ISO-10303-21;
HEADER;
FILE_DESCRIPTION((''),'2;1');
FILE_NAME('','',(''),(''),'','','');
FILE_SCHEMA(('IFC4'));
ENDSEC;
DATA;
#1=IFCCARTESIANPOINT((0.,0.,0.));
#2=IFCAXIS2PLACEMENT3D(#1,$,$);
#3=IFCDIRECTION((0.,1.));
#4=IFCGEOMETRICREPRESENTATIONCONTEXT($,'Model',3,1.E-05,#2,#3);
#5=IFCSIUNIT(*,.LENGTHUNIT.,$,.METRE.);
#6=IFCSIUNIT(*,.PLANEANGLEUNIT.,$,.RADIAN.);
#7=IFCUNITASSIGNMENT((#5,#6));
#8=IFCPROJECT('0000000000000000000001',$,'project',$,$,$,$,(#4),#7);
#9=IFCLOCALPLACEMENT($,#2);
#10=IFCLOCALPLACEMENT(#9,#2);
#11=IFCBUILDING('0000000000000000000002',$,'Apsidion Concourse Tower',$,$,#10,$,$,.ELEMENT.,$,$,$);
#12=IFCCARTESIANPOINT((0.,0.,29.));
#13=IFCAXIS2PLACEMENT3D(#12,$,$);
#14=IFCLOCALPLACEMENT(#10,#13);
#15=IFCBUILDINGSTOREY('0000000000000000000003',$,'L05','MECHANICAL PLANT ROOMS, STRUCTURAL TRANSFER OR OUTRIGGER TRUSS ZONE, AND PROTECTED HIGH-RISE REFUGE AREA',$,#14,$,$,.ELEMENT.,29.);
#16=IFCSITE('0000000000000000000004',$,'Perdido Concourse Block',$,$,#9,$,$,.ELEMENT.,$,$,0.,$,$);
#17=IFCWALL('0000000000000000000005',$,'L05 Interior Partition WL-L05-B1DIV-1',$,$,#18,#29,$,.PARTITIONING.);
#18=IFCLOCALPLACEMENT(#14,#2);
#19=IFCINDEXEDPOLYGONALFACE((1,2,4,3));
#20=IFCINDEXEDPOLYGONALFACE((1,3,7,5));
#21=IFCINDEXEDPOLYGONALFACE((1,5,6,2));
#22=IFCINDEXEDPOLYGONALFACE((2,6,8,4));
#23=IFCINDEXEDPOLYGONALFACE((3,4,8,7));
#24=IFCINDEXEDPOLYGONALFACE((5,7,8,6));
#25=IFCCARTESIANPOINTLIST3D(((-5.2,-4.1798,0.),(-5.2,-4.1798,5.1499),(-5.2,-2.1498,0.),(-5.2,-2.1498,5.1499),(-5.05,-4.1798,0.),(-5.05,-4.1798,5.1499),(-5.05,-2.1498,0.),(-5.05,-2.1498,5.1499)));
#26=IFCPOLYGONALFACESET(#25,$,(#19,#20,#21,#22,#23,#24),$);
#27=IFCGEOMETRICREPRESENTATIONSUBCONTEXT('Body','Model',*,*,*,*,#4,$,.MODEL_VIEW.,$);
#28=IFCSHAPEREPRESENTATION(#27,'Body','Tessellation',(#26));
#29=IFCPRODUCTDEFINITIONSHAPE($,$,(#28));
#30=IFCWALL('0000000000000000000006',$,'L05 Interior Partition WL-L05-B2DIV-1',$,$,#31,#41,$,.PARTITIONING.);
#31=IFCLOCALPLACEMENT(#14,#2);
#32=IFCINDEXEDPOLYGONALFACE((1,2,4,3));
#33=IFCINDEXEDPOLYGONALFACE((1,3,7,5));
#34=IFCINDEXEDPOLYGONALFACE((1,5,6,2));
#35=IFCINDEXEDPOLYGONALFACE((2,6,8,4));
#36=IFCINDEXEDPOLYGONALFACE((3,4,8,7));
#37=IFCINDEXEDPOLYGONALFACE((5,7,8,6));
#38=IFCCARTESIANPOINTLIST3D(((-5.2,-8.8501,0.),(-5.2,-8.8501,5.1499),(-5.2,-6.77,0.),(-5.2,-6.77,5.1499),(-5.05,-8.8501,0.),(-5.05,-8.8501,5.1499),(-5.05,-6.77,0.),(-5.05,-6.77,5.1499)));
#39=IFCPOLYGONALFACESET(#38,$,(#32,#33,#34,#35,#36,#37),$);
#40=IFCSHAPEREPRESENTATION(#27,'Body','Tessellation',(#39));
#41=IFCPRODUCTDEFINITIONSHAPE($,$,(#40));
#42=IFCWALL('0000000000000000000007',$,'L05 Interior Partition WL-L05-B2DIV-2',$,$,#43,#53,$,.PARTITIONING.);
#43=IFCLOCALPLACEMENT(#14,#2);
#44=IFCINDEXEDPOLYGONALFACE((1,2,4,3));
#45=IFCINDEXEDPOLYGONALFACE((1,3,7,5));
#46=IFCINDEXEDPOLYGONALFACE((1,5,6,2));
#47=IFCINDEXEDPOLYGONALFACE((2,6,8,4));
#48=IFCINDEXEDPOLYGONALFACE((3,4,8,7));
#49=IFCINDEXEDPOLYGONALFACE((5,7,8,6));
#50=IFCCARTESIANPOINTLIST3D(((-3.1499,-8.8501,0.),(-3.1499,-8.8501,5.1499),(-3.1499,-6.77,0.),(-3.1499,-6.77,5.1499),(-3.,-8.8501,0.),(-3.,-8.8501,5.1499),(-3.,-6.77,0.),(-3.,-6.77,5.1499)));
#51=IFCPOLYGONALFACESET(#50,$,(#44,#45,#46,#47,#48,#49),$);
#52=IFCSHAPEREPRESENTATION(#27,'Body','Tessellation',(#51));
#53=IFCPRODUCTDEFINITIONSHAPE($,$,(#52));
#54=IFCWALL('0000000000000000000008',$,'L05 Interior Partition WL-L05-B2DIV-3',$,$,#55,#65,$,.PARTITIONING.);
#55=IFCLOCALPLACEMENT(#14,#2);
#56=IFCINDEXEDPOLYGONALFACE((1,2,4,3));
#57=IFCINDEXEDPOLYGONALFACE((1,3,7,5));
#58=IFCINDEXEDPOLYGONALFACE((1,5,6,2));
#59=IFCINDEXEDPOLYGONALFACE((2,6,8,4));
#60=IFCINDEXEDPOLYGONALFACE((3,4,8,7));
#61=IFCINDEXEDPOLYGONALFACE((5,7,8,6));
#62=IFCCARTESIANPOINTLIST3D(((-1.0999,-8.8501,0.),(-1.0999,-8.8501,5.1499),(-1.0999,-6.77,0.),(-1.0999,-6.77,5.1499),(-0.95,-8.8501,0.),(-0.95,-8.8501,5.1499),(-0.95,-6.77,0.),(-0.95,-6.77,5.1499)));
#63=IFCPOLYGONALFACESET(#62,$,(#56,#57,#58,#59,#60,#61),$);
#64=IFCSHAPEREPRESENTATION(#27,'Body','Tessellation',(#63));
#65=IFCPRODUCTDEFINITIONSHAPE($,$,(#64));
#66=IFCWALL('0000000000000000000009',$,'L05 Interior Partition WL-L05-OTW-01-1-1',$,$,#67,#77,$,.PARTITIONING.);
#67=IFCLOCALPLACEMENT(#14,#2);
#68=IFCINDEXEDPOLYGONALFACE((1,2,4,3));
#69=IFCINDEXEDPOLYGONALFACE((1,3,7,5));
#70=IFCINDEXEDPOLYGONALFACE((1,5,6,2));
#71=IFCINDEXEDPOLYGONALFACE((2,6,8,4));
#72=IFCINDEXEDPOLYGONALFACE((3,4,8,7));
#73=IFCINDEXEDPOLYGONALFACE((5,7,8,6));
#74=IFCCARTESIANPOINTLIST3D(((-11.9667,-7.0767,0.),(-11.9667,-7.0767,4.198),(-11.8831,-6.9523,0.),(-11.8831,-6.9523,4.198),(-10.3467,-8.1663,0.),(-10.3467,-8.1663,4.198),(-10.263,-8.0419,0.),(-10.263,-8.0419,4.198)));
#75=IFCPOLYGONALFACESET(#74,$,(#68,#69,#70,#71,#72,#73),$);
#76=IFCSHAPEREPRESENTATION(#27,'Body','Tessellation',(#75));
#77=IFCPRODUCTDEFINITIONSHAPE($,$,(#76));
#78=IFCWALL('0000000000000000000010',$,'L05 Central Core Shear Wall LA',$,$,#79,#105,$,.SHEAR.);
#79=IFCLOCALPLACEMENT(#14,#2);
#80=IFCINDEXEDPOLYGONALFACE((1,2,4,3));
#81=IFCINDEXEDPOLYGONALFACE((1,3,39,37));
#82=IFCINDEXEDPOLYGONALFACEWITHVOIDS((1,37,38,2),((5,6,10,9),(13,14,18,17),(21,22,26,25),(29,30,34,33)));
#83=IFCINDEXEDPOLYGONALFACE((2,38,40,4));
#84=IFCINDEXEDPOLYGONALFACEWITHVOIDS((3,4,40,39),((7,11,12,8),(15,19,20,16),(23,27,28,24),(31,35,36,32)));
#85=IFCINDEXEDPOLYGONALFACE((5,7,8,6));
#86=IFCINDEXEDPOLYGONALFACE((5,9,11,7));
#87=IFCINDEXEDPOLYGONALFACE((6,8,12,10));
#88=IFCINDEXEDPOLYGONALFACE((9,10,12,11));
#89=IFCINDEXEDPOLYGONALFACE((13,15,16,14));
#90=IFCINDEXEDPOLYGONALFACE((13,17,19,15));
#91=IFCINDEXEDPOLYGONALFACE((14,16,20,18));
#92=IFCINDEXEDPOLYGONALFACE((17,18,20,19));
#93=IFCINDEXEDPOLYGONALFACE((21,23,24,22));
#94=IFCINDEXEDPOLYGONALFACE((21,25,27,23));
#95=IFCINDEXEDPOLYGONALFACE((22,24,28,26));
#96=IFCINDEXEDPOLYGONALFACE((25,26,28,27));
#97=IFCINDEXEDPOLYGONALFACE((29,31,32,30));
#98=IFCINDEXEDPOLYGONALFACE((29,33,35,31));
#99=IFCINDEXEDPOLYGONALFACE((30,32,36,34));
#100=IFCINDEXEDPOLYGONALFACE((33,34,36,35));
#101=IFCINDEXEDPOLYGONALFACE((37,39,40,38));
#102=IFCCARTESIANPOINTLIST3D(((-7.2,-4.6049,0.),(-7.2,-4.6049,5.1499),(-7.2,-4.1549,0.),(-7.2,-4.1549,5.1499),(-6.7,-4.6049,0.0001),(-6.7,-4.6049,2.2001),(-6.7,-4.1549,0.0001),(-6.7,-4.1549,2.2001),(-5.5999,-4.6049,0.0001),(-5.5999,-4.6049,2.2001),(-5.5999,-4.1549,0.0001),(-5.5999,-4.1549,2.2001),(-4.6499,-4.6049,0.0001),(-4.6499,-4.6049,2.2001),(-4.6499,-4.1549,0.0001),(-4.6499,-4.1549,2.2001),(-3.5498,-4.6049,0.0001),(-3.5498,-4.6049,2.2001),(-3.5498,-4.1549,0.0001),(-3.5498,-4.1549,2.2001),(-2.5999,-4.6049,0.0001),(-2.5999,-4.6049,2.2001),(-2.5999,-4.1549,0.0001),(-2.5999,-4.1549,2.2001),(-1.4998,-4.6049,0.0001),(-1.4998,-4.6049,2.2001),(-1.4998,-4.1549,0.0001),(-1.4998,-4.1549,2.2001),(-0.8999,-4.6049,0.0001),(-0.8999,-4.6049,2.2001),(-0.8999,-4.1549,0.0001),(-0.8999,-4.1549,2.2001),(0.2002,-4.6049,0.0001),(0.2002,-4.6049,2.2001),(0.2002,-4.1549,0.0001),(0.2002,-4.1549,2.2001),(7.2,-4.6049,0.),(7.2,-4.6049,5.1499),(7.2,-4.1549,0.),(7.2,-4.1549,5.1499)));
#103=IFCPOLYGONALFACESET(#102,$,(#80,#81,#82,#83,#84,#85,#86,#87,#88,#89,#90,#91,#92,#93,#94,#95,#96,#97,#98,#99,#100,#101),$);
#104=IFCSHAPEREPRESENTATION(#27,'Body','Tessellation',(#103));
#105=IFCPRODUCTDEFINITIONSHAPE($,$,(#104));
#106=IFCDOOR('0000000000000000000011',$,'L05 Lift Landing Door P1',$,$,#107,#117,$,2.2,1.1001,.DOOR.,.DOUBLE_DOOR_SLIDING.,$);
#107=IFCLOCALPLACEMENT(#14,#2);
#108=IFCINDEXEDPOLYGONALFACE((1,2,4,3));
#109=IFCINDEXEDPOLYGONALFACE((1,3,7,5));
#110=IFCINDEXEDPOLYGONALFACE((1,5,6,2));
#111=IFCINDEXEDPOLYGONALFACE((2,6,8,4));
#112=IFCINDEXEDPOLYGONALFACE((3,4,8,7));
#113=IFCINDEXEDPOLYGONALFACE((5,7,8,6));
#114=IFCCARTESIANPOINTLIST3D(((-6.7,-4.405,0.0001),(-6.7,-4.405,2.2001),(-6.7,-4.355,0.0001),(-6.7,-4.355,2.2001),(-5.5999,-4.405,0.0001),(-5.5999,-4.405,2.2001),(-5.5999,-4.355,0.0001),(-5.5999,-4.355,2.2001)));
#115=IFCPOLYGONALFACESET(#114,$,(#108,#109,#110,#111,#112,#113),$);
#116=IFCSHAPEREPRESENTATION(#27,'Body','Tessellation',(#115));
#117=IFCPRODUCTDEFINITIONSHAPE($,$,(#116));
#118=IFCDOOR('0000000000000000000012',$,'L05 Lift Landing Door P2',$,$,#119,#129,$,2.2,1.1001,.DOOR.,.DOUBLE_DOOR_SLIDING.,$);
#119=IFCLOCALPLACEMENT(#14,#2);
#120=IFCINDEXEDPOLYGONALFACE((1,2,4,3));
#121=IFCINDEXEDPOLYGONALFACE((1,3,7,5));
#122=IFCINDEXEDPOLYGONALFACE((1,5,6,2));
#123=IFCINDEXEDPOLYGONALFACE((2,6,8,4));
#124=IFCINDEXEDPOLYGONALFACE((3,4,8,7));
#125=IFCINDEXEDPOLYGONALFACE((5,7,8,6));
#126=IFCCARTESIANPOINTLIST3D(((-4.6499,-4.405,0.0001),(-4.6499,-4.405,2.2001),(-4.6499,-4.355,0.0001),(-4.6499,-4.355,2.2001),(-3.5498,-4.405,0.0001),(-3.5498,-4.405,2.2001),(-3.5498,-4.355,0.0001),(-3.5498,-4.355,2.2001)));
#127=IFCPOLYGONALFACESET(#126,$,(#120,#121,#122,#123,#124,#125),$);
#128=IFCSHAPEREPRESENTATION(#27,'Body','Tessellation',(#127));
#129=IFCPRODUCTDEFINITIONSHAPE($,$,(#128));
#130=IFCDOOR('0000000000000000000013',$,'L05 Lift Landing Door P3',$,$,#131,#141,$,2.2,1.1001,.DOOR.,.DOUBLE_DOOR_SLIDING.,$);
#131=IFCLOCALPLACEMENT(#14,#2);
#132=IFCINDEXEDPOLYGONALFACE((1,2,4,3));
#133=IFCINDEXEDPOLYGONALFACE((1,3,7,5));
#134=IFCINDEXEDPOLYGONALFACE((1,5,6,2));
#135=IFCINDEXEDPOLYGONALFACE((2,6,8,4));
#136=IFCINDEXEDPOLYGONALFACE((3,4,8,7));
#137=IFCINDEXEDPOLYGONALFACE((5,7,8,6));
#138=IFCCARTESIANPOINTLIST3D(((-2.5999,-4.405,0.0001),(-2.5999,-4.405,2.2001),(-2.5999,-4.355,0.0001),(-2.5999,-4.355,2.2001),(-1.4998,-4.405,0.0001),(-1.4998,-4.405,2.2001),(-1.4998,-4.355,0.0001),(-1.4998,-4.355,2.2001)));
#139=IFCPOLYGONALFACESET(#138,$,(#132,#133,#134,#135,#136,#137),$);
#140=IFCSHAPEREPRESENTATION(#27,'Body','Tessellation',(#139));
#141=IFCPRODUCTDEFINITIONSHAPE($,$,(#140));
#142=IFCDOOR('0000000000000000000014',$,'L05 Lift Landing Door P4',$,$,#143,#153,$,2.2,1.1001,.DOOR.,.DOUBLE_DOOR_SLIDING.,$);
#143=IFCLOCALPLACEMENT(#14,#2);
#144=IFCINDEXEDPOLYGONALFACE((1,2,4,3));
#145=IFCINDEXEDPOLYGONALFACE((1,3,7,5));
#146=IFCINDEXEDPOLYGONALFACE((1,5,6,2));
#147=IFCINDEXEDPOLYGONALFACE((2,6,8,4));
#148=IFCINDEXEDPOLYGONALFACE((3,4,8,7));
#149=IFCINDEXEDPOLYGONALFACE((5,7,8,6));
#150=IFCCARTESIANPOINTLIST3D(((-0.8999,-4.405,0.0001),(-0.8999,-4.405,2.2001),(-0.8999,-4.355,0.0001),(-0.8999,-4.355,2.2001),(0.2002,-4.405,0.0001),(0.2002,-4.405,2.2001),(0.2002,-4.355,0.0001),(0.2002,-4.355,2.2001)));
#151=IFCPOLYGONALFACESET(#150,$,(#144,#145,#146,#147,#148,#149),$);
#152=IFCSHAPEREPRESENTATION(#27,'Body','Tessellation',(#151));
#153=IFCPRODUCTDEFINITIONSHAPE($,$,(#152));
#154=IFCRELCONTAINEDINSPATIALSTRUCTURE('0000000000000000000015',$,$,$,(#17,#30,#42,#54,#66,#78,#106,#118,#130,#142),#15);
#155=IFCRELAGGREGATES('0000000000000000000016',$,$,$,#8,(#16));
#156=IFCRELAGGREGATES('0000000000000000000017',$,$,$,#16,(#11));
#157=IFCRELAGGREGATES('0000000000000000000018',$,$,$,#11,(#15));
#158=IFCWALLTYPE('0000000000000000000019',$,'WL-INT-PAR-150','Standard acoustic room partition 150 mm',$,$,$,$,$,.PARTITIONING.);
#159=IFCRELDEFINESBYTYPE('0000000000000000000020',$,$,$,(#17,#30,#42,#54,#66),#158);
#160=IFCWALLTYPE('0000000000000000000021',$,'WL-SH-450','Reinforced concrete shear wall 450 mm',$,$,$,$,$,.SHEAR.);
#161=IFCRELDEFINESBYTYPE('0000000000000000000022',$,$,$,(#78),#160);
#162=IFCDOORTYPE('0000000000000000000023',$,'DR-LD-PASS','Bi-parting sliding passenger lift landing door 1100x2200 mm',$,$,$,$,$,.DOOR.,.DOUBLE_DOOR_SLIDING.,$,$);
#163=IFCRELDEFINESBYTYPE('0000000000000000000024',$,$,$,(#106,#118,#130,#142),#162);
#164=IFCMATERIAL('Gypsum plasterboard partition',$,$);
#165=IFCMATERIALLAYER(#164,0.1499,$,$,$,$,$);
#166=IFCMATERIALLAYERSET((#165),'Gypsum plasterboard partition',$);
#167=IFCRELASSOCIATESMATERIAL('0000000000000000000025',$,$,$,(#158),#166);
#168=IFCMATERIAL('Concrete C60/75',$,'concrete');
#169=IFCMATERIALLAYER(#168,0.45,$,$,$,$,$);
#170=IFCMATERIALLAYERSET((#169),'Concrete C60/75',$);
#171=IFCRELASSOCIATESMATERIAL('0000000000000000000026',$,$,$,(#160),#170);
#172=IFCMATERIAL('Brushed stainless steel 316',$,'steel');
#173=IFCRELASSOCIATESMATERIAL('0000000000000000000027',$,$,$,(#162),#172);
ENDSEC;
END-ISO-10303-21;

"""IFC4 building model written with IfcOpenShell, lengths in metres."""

from ifc_helpers import new_model, si_unit, direction, frame, frame_2d, origin, place, context, subcontext, project, spatial, rectangle, extrude, material, layer, layer_set, type_object, element, fill, save


model = new_model("IFC4")

# Units and contexts
model_context = context("Model", 3, precision=1e-05, world=origin(), true_north=direction((0.0, 1.0)))
body_context = subcontext(model_context, "Body", "Model", "MODEL_VIEW")
ifc_project = project(units=[si_unit("LENGTHUNIT", "METRE"), si_unit("PLANEANGLEUNIT", "RADIAN")], contexts=[model_context])

# Site, building, storey
site_placement = place(None, origin())
site = spatial("IfcSite", under=ifc_project, at=site_placement, Name="Perdido Concourse Block", CompositionType="ELEMENT", RefElevation=0.0)
building_placement = place(site_placement, origin())
building = spatial("IfcBuilding", under=site, at=building_placement, Name="Apsidion Concourse Tower", CompositionType="ELEMENT")
storey_placement = place(building_placement, frame((0.0, 0.0, 29.0)))
storey = spatial("IfcBuildingStorey", under=building, at=storey_placement, Name="L05", Description="MECHANICAL PLANT ROOMS, STRUCTURAL TRANSFER OR OUTRIGGER TRUSS ZONE, AND PROTECTED HIGH-RISE REFUGE AREA", CompositionType="ELEMENT", Elevation=29.0)

# Walls
ifc_material_1 = material(Name="Gypsum plasterboard partition")
ifc_layer_1 = layer(ifc_material_1, 0.1499)
ifc_layer_set_1 = layer_set([ifc_layer_1], Name="Gypsum plasterboard partition")
wall_type_1 = type_object("IfcWallType", Name="WL-INT-PAR-150", Description="Standard acoustic room partition 150 mm", PredefinedType="PARTITIONING", material=ifc_layer_set_1)
wall_1_placement = place(storey_placement, frame((-5.125, -4.1799, 0.0), z_axis=(0.0, 0.0, 1.0), x_axis=(0.0, 1.0, 0.0)))
element("IfcWall", 1, at=wall_1_placement, inside=storey, type_object=wall_type_1, Name="L05 Interior Partition WL-L05-B1DIV-1", PredefinedType="PARTITIONING", context=body_context, shape_type="SweptSolid", body=[
    extrude(rectangle(XDim=2.03, YDim=0.1499, at=frame_2d((1.0151, 0.0))), origin(), (0.0, 0.0, 1.0), 5.1499),
])
for number, where, z_axis, x_axis, name in (
    (2, (-5.125, -8.8501, 0.0), (0.0, 0.0, 1.0), (0.0, 1.0, 0.0), "L05 Interior Partition WL-L05-B2DIV-1"),
    (3, (-3.075, -8.8501, 0.0), (0.0, 0.0, 1.0), (0.0, 1.0, 0.0), "L05 Interior Partition WL-L05-B2DIV-2"),
    (4, (-1.0249, -8.8501, 0.0), (0.0, 0.0, 1.0), (0.0, 1.0, 0.0), "L05 Interior Partition WL-L05-B2DIV-3"),
):
    element("IfcWall", number, at=place(storey_placement, frame(where, z_axis=z_axis, x_axis=x_axis)), inside=storey, type_object=wall_type_1, Name=name, PredefinedType="PARTITIONING", context=body_context, shape_type="SweptSolid", body=[
        extrude(rectangle(XDim=2.0801, YDim=0.1499, at=frame_2d((1.04, 0.0))), origin(), (0.0, 0.0, 1.0), 5.1499),
    ])
wall_2_placement = place(storey_placement, frame((-10.3049, -8.104, 0.0), z_axis=(0.0, 0.0, 1.0), x_axis=(-0.829793, 0.558072, 0.0)))
element("IfcWall", 5, at=wall_2_placement, inside=storey, type_object=wall_type_1, Name="L05 Interior Partition WL-L05-OTW-01-1-1", PredefinedType="PARTITIONING", context=body_context, shape_type="SweptSolid", body=[
    extrude(rectangle(XDim=1.9524, YDim=0.1499, at=frame_2d((0.9761, 0.0))), origin(), (0.0, 0.0, 1.0), 4.198),
])

# Wall, openings, doors
ifc_material_2 = material(Name="Concrete C60/75", Category="concrete")
ifc_layer_2 = layer(ifc_material_2, 0.45)
ifc_layer_set_2 = layer_set([ifc_layer_2], Name="Concrete C60/75")
wall_type_2 = type_object("IfcWallType", Name="WL-SH-450", Description="Reinforced concrete shear wall 450 mm", PredefinedType="SHEAR", material=ifc_layer_set_2)
wall_3_placement = place(storey_placement, frame((-7.2, -4.3799, 0.0), z_axis=(0.0, 0.0, 1.0), x_axis=(1.0, 0.0, 0.0)))
wall_3 = element("IfcWall", 6, at=wall_3_placement, inside=storey, type_object=wall_type_2, Name="L05 Central Core Shear Wall LA", PredefinedType="SHEAR", context=body_context, shape_type="SweptSolid", body=[
    extrude(rectangle(XDim=14.3999, YDim=0.45, at=frame_2d((7.2, 0.0))), origin(), (0.0, 0.0, 1.0), 5.1499),
])
opening_1_placement = place(wall_3_placement, frame((0.5, 0.0, 0.0)))
opening_1 = element("IfcOpeningElement", 7, at=opening_1_placement, cuts=wall_3, PredefinedType="OPENING", context=body_context, shape_type="SweptSolid", body=[
    extrude(rectangle(XDim=1.1001, YDim=2.2, at=frame_2d((0.55, 1.1001))), frame((0.0, 0.2349, 0.0), z_axis=(0.0, -1.0, 0.0), x_axis=(1.0, 0.0, 0.0)), (0.0, 0.0, 1.0), 0.47),
])
opening_2_placement = place(wall_3_placement, frame((2.55, 0.0, 0.0)))
opening_2 = element("IfcOpeningElement", 8, at=opening_2_placement, cuts=wall_3, PredefinedType="OPENING", context=body_context, shape_type="SweptSolid", body=[
    extrude(rectangle(XDim=1.1001, YDim=2.2, at=frame_2d((0.55, 1.1001))), frame((0.0, 0.2349, 0.0), z_axis=(0.0, -1.0, 0.0), x_axis=(1.0, 0.0, 0.0)), (0.0, 0.0, 1.0), 0.47),
])
opening_3_placement = place(wall_3_placement, frame((4.6001, 0.0, 0.0)))
opening_3 = element("IfcOpeningElement", 9, at=opening_3_placement, cuts=wall_3, PredefinedType="OPENING", context=body_context, shape_type="SweptSolid", body=[
    extrude(rectangle(XDim=1.1001, YDim=2.2, at=frame_2d((0.55, 1.1001))), frame((0.0, 0.2349, 0.0), z_axis=(0.0, -1.0, 0.0), x_axis=(1.0, 0.0, 0.0)), (0.0, 0.0, 1.0), 0.47),
])
opening_4_placement = place(wall_3_placement, frame((6.3, 0.0, 0.0)))
opening_4 = element("IfcOpeningElement", 10, at=opening_4_placement, cuts=wall_3, PredefinedType="OPENING", context=body_context, shape_type="SweptSolid", body=[
    extrude(rectangle(XDim=1.1001, YDim=2.2, at=frame_2d((0.55, 1.1001))), frame((0.0, 0.2349, 0.0), z_axis=(0.0, -1.0, 0.0), x_axis=(1.0, 0.0, 0.0)), (0.0, 0.0, 1.0), 0.47),
])
ifc_material_3 = material(Name="Brushed stainless steel 316", Category="steel")
door_type_1 = type_object("IfcDoorType", Name="DR-LD-PASS", Description="Bi-parting sliding passenger lift landing door 1100x2200 mm", OperationType="DOUBLE_DOOR_SLIDING", PredefinedType="DOOR", material=ifc_material_3)
door_1_placement = place(opening_1_placement, origin())
door_1 = element("IfcDoor", 11, at=door_1_placement, inside=storey, type_object=door_type_1, Name="L05 Lift Landing Door P1", OperationType="DOUBLE_DOOR_SLIDING", OverallHeight=2.2, OverallWidth=1.1001, PredefinedType="DOOR", context=body_context, shape_type="SweptSolid", body=[
    extrude(rectangle(XDim=1.1001, YDim=2.2, at=frame_2d((0.55, 1.1001))), frame((0.0, 0.0249, 0.0), z_axis=(0.0, -1.0, 0.0), x_axis=(1.0, 0.0, 0.0)), (0.0, 0.0, 1.0), 0.05),
])
fill(opening_1, door_1)
door_2_placement = place(opening_2_placement, origin())
door_2 = element("IfcDoor", 12, at=door_2_placement, inside=storey, type_object=door_type_1, Name="L05 Lift Landing Door P2", OperationType="DOUBLE_DOOR_SLIDING", OverallHeight=2.2, OverallWidth=1.1001, PredefinedType="DOOR", context=body_context, shape_type="SweptSolid", body=[
    extrude(rectangle(XDim=1.1001, YDim=2.2, at=frame_2d((0.55, 1.1001))), frame((0.0, 0.0249, 0.0), z_axis=(0.0, -1.0, 0.0), x_axis=(1.0, 0.0, 0.0)), (0.0, 0.0, 1.0), 0.05),
])
fill(opening_2, door_2)
door_3_placement = place(opening_3_placement, origin())
door_3 = element("IfcDoor", 13, at=door_3_placement, inside=storey, type_object=door_type_1, Name="L05 Lift Landing Door P3", OperationType="DOUBLE_DOOR_SLIDING", OverallHeight=2.2, OverallWidth=1.1001, PredefinedType="DOOR", context=body_context, shape_type="SweptSolid", body=[
    extrude(rectangle(XDim=1.1001, YDim=2.2, at=frame_2d((0.55, 1.1001))), frame((0.0, 0.0249, 0.0), z_axis=(0.0, -1.0, 0.0), x_axis=(1.0, 0.0, 0.0)), (0.0, 0.0, 1.0), 0.05),
])
fill(opening_3, door_3)
door_4_placement = place(opening_4_placement, origin())
door_4 = element("IfcDoor", 14, at=door_4_placement, inside=storey, type_object=door_type_1, Name="L05 Lift Landing Door P4", OperationType="DOUBLE_DOOR_SLIDING", OverallHeight=2.2, OverallWidth=1.1001, PredefinedType="DOOR", context=body_context, shape_type="SweptSolid", body=[
    extrude(rectangle(XDim=1.1001, YDim=2.2, at=frame_2d((0.55, 1.1001))), frame((0.0, 0.0249, 0.0), z_axis=(0.0, -1.0, 0.0), x_axis=(1.0, 0.0, 0.0)), (0.0, 0.0, 1.0), 0.05),
])
fill(opening_4, door_4)

save(model, "model.ifc")
